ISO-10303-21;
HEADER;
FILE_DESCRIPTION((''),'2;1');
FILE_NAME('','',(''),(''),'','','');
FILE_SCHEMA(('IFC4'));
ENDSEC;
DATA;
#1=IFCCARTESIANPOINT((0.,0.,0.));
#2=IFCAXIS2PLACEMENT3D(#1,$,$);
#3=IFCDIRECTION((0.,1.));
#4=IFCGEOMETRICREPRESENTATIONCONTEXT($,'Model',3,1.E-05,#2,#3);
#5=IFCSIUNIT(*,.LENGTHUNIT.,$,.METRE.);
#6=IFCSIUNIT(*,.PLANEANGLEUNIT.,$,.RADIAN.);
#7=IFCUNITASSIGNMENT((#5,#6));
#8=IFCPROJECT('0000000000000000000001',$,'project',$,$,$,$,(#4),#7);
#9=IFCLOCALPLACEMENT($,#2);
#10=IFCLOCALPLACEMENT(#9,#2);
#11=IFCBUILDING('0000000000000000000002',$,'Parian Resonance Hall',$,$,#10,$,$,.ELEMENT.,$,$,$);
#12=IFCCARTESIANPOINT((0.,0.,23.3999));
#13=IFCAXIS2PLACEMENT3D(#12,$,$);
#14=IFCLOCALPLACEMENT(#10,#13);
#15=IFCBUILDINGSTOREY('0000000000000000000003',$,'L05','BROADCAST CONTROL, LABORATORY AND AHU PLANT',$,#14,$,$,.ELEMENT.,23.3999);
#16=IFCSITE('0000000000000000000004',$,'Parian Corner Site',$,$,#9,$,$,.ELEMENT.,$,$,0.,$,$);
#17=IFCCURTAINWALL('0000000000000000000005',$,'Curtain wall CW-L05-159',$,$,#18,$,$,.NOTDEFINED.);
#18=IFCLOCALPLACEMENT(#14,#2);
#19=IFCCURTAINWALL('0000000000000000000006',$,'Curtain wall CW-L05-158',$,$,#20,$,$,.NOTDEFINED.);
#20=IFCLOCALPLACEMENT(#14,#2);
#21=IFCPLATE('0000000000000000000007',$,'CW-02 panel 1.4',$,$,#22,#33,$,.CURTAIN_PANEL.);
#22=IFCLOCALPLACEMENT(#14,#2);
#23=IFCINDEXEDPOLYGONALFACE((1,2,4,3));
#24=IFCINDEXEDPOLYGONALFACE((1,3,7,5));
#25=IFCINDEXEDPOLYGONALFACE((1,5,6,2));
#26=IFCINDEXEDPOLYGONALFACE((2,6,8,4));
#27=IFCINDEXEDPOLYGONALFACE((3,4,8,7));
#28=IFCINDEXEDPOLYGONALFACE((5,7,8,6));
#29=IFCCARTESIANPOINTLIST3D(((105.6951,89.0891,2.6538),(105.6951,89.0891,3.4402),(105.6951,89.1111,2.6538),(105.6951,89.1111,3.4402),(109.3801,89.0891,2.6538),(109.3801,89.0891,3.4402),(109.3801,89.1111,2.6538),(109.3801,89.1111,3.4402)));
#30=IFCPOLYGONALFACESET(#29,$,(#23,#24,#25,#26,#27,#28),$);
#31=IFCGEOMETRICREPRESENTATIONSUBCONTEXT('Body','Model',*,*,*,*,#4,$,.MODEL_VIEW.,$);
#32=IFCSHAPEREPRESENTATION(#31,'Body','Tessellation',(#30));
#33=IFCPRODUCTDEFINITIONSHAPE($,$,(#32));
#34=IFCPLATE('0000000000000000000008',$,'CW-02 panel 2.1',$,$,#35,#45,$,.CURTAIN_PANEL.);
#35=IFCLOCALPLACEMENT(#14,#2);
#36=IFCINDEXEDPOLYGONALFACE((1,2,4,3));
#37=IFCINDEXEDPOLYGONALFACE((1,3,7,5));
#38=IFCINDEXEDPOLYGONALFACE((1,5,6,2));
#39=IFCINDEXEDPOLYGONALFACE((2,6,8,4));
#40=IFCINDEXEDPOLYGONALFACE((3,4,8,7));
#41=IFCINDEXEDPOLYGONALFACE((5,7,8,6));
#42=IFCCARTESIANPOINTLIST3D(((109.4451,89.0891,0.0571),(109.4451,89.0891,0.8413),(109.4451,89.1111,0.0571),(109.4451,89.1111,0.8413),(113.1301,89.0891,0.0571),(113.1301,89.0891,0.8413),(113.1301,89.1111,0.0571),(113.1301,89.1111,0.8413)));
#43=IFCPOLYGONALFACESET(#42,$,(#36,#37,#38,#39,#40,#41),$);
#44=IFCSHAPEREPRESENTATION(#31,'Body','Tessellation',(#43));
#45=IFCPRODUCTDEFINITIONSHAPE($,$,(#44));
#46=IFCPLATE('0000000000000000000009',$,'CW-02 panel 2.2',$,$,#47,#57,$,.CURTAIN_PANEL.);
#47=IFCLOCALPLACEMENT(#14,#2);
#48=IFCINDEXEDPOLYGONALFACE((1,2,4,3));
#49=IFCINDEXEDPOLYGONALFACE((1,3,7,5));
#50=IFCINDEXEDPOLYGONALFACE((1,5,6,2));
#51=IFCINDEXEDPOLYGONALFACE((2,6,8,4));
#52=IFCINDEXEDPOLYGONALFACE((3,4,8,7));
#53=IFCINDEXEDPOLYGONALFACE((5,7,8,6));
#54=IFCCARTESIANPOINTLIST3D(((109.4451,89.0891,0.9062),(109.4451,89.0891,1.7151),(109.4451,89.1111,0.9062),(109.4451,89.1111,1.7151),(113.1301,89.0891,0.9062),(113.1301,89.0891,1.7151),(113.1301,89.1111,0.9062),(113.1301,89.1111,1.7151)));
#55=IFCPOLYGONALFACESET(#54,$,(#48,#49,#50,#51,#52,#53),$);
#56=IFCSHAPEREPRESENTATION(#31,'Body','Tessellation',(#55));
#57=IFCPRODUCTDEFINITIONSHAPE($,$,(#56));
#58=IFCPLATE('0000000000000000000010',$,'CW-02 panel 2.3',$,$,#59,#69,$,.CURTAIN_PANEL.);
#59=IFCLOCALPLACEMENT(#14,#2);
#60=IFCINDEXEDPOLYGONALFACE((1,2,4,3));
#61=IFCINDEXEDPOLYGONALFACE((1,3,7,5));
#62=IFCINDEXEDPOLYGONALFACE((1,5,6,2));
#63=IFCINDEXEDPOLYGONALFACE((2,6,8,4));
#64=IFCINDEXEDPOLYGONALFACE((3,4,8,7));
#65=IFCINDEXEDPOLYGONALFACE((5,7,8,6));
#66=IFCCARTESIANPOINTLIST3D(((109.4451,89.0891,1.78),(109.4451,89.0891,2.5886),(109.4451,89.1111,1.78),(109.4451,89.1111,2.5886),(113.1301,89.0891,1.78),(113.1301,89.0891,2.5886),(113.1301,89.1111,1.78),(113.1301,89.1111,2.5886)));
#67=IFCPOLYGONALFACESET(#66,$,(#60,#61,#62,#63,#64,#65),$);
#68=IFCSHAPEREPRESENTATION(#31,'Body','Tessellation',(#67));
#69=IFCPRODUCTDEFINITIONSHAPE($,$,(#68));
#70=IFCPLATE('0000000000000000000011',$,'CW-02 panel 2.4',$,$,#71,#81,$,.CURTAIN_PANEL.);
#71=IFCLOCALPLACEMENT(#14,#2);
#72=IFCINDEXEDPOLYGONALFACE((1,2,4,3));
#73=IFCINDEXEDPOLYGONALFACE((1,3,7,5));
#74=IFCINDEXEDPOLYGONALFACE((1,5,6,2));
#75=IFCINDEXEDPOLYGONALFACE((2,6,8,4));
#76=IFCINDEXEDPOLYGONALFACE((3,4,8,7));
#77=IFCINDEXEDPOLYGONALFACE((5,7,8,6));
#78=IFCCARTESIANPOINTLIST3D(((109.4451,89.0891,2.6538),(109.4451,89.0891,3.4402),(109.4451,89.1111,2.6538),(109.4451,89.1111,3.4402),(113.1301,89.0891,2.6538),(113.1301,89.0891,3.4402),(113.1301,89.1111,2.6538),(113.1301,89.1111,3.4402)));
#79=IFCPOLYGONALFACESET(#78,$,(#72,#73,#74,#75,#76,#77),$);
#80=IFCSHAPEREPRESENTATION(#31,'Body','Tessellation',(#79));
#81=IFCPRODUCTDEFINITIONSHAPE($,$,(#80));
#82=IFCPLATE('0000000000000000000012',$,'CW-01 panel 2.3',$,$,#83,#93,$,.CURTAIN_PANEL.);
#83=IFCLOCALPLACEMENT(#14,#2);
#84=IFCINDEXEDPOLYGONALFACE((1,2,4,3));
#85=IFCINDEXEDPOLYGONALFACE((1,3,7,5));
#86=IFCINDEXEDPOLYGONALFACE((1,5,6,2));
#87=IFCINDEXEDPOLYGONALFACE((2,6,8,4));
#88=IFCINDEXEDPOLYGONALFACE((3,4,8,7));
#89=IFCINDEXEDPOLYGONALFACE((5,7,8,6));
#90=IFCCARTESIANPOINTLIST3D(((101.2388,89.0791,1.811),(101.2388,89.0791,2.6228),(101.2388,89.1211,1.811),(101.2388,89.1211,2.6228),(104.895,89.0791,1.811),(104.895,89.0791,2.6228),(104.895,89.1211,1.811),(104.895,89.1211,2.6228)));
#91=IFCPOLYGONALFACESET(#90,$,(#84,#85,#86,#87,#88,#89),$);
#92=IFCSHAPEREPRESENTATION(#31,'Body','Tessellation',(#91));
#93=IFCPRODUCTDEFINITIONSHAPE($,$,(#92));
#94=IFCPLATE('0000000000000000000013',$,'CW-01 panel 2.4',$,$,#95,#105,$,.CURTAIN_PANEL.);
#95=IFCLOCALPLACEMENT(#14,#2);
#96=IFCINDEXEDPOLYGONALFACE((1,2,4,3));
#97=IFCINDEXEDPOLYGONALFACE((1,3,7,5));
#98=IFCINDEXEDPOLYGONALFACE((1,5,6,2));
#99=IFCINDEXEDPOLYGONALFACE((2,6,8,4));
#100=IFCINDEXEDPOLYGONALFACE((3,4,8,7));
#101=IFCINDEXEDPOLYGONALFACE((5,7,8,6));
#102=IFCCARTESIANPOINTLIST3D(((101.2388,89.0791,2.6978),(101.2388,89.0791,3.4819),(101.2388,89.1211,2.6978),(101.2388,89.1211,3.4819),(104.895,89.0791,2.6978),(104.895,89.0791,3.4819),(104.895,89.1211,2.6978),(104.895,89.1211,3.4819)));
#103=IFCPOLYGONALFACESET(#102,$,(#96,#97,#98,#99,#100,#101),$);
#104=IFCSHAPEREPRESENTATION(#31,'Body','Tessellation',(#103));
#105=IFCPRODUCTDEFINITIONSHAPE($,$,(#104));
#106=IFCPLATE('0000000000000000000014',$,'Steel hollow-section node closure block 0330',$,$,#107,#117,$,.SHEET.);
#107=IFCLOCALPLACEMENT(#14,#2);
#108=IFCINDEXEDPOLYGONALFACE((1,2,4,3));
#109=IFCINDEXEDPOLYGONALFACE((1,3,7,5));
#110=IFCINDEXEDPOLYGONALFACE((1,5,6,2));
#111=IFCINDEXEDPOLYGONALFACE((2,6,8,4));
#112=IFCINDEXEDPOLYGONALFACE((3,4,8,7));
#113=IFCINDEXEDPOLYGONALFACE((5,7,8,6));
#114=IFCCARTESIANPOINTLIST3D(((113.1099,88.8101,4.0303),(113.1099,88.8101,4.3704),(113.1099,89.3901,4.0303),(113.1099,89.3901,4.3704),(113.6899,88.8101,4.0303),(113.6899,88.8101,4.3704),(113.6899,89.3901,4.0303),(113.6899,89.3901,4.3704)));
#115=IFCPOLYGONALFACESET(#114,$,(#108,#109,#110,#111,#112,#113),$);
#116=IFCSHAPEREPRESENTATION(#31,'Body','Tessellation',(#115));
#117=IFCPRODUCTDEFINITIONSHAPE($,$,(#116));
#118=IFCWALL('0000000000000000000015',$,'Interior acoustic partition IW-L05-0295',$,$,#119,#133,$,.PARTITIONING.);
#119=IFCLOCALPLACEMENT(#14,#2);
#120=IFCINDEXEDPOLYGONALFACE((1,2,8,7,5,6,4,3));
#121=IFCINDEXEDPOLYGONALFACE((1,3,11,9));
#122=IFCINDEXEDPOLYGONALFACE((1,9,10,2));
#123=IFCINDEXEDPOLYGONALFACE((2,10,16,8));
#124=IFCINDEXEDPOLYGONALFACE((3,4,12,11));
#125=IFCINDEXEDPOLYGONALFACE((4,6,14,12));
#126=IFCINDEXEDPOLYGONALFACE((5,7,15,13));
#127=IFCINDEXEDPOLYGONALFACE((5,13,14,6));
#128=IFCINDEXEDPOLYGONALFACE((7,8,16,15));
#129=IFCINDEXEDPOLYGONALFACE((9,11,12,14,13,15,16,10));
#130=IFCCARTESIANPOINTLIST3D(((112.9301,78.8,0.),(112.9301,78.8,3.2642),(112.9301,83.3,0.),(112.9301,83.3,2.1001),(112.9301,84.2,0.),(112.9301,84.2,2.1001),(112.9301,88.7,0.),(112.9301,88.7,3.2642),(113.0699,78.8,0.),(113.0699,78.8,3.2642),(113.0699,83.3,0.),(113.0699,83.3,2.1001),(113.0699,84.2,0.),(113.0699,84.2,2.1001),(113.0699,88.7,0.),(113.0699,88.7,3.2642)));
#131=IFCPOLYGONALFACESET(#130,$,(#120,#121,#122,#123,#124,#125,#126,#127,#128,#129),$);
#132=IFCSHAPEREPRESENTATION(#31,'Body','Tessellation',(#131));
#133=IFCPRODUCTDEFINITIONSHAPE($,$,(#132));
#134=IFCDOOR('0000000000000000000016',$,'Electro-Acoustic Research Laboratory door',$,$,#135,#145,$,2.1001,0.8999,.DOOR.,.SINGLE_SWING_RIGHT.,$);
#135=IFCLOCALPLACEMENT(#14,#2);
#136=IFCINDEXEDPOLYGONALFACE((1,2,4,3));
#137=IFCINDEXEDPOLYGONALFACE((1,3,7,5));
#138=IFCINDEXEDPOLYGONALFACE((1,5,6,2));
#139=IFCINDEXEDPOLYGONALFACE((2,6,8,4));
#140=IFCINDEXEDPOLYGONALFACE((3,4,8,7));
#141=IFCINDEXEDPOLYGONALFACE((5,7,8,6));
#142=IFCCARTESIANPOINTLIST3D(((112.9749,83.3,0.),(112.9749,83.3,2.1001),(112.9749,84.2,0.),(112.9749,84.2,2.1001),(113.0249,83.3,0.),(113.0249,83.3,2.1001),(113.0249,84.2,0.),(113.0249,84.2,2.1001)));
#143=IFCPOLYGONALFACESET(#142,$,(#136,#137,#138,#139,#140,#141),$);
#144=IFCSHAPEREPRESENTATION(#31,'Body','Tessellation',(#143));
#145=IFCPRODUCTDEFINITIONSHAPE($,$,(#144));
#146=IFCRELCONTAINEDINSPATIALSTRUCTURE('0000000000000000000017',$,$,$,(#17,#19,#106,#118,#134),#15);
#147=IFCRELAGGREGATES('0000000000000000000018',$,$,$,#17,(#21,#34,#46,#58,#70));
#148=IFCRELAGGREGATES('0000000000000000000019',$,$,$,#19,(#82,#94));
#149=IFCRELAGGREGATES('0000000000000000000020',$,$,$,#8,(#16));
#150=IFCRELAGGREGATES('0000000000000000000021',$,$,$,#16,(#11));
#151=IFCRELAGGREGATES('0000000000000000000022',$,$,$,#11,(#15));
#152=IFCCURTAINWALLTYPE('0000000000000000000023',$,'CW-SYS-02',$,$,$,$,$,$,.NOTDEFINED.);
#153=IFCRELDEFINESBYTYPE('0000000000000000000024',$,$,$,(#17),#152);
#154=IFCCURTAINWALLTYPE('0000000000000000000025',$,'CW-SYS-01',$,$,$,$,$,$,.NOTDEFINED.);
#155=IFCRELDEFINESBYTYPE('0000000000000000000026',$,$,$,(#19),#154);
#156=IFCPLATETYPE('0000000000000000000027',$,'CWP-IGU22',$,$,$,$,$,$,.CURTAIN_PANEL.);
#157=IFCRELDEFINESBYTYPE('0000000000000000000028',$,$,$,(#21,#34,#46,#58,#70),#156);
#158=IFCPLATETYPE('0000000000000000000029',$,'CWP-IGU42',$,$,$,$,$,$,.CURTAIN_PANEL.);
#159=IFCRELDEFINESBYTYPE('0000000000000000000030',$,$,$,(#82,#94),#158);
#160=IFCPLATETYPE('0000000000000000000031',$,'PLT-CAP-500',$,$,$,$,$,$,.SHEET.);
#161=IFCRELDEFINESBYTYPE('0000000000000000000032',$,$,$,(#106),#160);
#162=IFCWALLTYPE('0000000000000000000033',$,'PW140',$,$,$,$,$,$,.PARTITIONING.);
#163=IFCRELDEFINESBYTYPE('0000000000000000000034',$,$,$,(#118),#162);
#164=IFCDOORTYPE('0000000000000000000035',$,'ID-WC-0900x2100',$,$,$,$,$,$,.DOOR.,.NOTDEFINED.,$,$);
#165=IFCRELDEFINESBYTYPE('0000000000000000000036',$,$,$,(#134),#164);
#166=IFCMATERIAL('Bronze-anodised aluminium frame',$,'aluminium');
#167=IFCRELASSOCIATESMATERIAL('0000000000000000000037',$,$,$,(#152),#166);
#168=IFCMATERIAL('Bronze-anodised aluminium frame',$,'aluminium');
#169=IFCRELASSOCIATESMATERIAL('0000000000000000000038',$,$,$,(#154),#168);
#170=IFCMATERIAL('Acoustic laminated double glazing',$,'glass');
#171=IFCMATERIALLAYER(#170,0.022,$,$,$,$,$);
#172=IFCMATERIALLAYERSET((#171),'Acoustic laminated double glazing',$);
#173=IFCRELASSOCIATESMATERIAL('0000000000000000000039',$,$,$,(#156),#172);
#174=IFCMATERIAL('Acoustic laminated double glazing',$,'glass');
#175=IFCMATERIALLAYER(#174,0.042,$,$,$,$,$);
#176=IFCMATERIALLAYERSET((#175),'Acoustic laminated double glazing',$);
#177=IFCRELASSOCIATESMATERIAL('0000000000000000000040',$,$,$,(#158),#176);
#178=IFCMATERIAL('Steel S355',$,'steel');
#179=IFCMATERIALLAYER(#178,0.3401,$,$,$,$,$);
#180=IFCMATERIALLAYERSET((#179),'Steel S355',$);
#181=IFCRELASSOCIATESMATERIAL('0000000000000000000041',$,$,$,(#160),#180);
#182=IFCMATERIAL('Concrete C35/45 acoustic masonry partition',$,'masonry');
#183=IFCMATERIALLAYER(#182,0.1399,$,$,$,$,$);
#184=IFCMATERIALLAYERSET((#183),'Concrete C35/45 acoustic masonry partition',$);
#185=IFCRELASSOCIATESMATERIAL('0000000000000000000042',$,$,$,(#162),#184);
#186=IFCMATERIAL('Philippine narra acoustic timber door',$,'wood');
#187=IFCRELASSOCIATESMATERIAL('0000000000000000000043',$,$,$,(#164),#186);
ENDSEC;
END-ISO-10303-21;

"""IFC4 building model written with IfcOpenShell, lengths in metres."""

from ifc_helpers import new_model, si_unit, direction, frame, frame_2d, origin, origin_2d, place, context, subcontext, project, spatial, rectangle, extrude, material, layer, layer_set, type_object, element, fill, aggregate, save


model = new_model("IFC4")

# Units and contexts
model_context = context("Model", 3, precision=1e-05, world=origin(), true_north=direction((0.0, 1.0)))
body_context = subcontext(model_context, "Body", "Model", "MODEL_VIEW")
ifc_project = project(units=[si_unit("LENGTHUNIT", "METRE"), si_unit("PLANEANGLEUNIT", "RADIAN")], contexts=[model_context])

# Site, building, storey
site_placement = place(None, origin())
site = spatial("IfcSite", under=ifc_project, at=site_placement, Name="Parian Corner Site", CompositionType="ELEMENT", RefElevation=0.0)
building_placement = place(site_placement, origin())
building = spatial("IfcBuilding", under=site, at=building_placement, Name="Parian Resonance Hall", CompositionType="ELEMENT")
storey_placement = place(building_placement, frame((0.0, 0.0, 23.3999)))
storey = spatial("IfcBuildingStorey", under=building, at=storey_placement, Name="L05", Description="BROADCAST CONTROL, LABORATORY AND AHU PLANT", CompositionType="ELEMENT", Elevation=23.3999)

# Curtain wall
ifc_material_1 = material(Name="Bronze-anodised aluminium frame", Category="aluminium")
curtain_wall_type_1 = type_object("IfcCurtainWallType", Name="CW-SYS-02", PredefinedType="NOTDEFINED", material=ifc_material_1)
curtain_wall_1_placement = place(storey_placement, origin())
curtain_wall_1 = element("IfcCurtainWall", 1, at=curtain_wall_1_placement, inside=storey, type_object=curtain_wall_type_1, Name="Curtain wall CW-L05-159", PredefinedType="NOTDEFINED")

# Curtain wall
ifc_material_2 = material(Name="Bronze-anodised aluminium frame", Category="aluminium")
curtain_wall_type_2 = type_object("IfcCurtainWallType", Name="CW-SYS-01", PredefinedType="NOTDEFINED", material=ifc_material_2)
curtain_wall_2_placement = place(storey_placement, origin())
curtain_wall_2 = element("IfcCurtainWall", 2, at=curtain_wall_2_placement, inside=storey, type_object=curtain_wall_type_2, Name="Curtain wall CW-L05-158", PredefinedType="NOTDEFINED")

# Plates
ifc_material_3 = material(Name="Acoustic laminated double glazing", Category="glass")
ifc_layer_1 = layer(ifc_material_3, 0.022)
ifc_layer_set_1 = layer_set([ifc_layer_1], Name="Acoustic laminated double glazing")
plate_type_1 = type_object("IfcPlateType", Name="CWP-IGU22", PredefinedType="CURTAIN_PANEL", material=ifc_layer_set_1)
plate_1_placement = place(storey_placement, frame((107.5376, 89.1001, 2.6538), z_axis=(0.0, 0.0, 1.0), x_axis=(1.0, 0.0, 0.0)))
plate_1 = element("IfcPlate", 3, at=plate_1_placement, type_object=plate_type_1, Name="CW-02 panel 1.4", PredefinedType="CURTAIN_PANEL", context=body_context, shape_type="SweptSolid", body=[
    extrude(rectangle(XDim=3.6851, YDim=0.022, at=origin_2d()), origin(), (0.0, 0.0, 1.0), 0.7864),
])
plate_2_placement = place(storey_placement, frame((111.2876, 89.1001, 0.0571), z_axis=(0.0, 0.0, 1.0), x_axis=(1.0, 0.0, 0.0)))
plate_2 = element("IfcPlate", 4, at=plate_2_placement, type_object=plate_type_1, Name="CW-02 panel 2.1", PredefinedType="CURTAIN_PANEL", context=body_context, shape_type="SweptSolid", body=[
    extrude(rectangle(XDim=3.6851, YDim=0.022, at=origin_2d()), origin(), (0.0, 0.0, 1.0), 0.7842),
])
plate_3_placement = place(storey_placement, frame((111.2876, 89.1001, 0.9062), z_axis=(0.0, 0.0, 1.0), x_axis=(1.0, 0.0, 0.0)))
plate_3 = element("IfcPlate", 5, at=plate_3_placement, type_object=plate_type_1, Name="CW-02 panel 2.2", PredefinedType="CURTAIN_PANEL", context=body_context, shape_type="SweptSolid", body=[
    extrude(rectangle(XDim=3.6851, YDim=0.022, at=origin_2d()), origin(), (0.0, 0.0, 1.0), 0.8088),
])
plate_4_placement = place(storey_placement, frame((111.2876, 89.1001, 1.78), z_axis=(0.0, 0.0, 1.0), x_axis=(1.0, 0.0, 0.0)))
plate_4 = element("IfcPlate", 6, at=plate_4_placement, type_object=plate_type_1, Name="CW-02 panel 2.3", PredefinedType="CURTAIN_PANEL", context=body_context, shape_type="SweptSolid", body=[
    extrude(rectangle(XDim=3.6851, YDim=0.022, at=origin_2d()), origin(), (0.0, 0.0, 1.0), 0.8086),
])
plate_5_placement = place(storey_placement, frame((111.2876, 89.1001, 2.6538), z_axis=(0.0, 0.0, 1.0), x_axis=(1.0, 0.0, 0.0)))
plate_5 = element("IfcPlate", 7, at=plate_5_placement, type_object=plate_type_1, Name="CW-02 panel 2.4", PredefinedType="CURTAIN_PANEL", context=body_context, shape_type="SweptSolid", body=[
    extrude(rectangle(XDim=3.6851, YDim=0.022, at=origin_2d()), origin(), (0.0, 0.0, 1.0), 0.7864),
])
aggregate(curtain_wall_1, [plate_1, plate_2, plate_3, plate_4, plate_5])
ifc_material_4 = material(Name="Acoustic laminated double glazing", Category="glass")
ifc_layer_2 = layer(ifc_material_4, 0.042)
ifc_layer_set_2 = layer_set([ifc_layer_2], Name="Acoustic laminated double glazing")
plate_type_2 = type_object("IfcPlateType", Name="CWP-IGU42", PredefinedType="CURTAIN_PANEL", material=ifc_layer_set_2)
plate_6_placement = place(storey_placement, frame((103.0669, 89.1001, 1.811), z_axis=(0.0, 0.0, 1.0), x_axis=(1.0, 0.0, 0.0)))
plate_6 = element("IfcPlate", 8, at=plate_6_placement, type_object=plate_type_2, Name="CW-01 panel 2.3", PredefinedType="CURTAIN_PANEL", context=body_context, shape_type="SweptSolid", body=[
    extrude(rectangle(XDim=3.6562, YDim=0.042, at=origin_2d()), origin(), (0.0, 0.0, 1.0), 0.8118),
])
plate_7_placement = place(storey_placement, frame((103.0669, 89.1001, 2.6978), z_axis=(0.0, 0.0, 1.0), x_axis=(1.0, 0.0, 0.0)))
plate_7 = element("IfcPlate", 9, at=plate_7_placement, type_object=plate_type_2, Name="CW-01 panel 2.4", PredefinedType="CURTAIN_PANEL", context=body_context, shape_type="SweptSolid", body=[
    extrude(rectangle(XDim=3.6562, YDim=0.042, at=origin_2d()), origin(), (0.0, 0.0, 1.0), 0.7842),
])
aggregate(curtain_wall_2, [plate_6, plate_7])
ifc_material_5 = material(Name="Steel S355", Category="steel")
ifc_layer_3 = layer(ifc_material_5, 0.3401)
ifc_layer_set_3 = layer_set([ifc_layer_3], Name="Steel S355")
plate_type_3 = type_object("IfcPlateType", Name="PLT-CAP-500", PredefinedType="SHEET", material=ifc_layer_set_3)
plate_8_placement = place(storey_placement, frame((113.3999, 89.1001, 4.0303), z_axis=(0.0, 0.0, 1.0), x_axis=(1.0, 0.0, 0.0)))
element("IfcPlate", 10, at=plate_8_placement, inside=storey, type_object=plate_type_3, Name="Steel hollow-section node closure block 0330", PredefinedType="SHEET", context=body_context, shape_type="SweptSolid", body=[
    extrude(rectangle(XDim=0.5801, YDim=0.5801, at=origin_2d()), origin(), (0.0, 0.0, 1.0), 0.3401),
])

# Wall, opening, door
ifc_material_6 = material(Name="Concrete C35/45 acoustic masonry partition", Category="masonry")
ifc_layer_4 = layer(ifc_material_6, 0.1399)
ifc_layer_set_4 = layer_set([ifc_layer_4], Name="Concrete C35/45 acoustic masonry partition")
wall_type = type_object("IfcWallType", Name="PW140", PredefinedType="PARTITIONING", material=ifc_layer_set_4)
wall_placement = place(storey_placement, frame((113.0, 88.7, 0.0), z_axis=(0.0, 0.0, 1.0), x_axis=(0.0, -1.0, 0.0)))
wall = element("IfcWall", 11, at=wall_placement, inside=storey, type_object=wall_type, Name="Interior acoustic partition IW-L05-0295", PredefinedType="PARTITIONING", context=body_context, shape_type="SweptSolid", body=[
    extrude(rectangle(XDim=9.8999, YDim=0.1399, at=frame_2d((4.95, 0.0))), origin(), (0.0, 0.0, 1.0), 3.2642),
])
opening_placement = place(wall_placement, frame((4.5, 0.0, 0.0)))
opening = element("IfcOpeningElement", 12, at=opening_placement, cuts=wall, PredefinedType="OPENING", context=body_context, shape_type="SweptSolid", body=[
    extrude(rectangle(XDim=0.8999, YDim=2.1001, at=frame_2d((0.45, 1.05))), frame((0.0, 0.0798, 0.0), z_axis=(0.0, -1.0, 0.0), x_axis=(1.0, 0.0, 0.0)), (0.0, 0.0, 1.0), 0.1599),
])
ifc_material_7 = material(Name="Philippine narra acoustic timber door", Category="wood")
door_type = type_object("IfcDoorType", Name="ID-WC-0900x2100", OperationType="NOTDEFINED", PredefinedType="DOOR", material=ifc_material_7)
door_placement = place(opening_placement, origin())
door = element("IfcDoor", 13, at=door_placement, inside=storey, type_object=door_type, Name="Electro-Acoustic Research Laboratory door", OperationType="SINGLE_SWING_RIGHT", OverallHeight=2.1001, OverallWidth=0.8999, PredefinedType="DOOR", context=body_context, shape_type="SweptSolid", body=[
    extrude(rectangle(XDim=0.8999, YDim=2.1001, at=frame_2d((0.45, 1.05))), frame((0.0, 0.0249, 0.0), z_axis=(0.0, -1.0, 0.0), x_axis=(1.0, 0.0, 0.0)), (0.0, 0.0, 1.0), 0.05),
])
fill(opening, door)

save(model, "model.ifc")
